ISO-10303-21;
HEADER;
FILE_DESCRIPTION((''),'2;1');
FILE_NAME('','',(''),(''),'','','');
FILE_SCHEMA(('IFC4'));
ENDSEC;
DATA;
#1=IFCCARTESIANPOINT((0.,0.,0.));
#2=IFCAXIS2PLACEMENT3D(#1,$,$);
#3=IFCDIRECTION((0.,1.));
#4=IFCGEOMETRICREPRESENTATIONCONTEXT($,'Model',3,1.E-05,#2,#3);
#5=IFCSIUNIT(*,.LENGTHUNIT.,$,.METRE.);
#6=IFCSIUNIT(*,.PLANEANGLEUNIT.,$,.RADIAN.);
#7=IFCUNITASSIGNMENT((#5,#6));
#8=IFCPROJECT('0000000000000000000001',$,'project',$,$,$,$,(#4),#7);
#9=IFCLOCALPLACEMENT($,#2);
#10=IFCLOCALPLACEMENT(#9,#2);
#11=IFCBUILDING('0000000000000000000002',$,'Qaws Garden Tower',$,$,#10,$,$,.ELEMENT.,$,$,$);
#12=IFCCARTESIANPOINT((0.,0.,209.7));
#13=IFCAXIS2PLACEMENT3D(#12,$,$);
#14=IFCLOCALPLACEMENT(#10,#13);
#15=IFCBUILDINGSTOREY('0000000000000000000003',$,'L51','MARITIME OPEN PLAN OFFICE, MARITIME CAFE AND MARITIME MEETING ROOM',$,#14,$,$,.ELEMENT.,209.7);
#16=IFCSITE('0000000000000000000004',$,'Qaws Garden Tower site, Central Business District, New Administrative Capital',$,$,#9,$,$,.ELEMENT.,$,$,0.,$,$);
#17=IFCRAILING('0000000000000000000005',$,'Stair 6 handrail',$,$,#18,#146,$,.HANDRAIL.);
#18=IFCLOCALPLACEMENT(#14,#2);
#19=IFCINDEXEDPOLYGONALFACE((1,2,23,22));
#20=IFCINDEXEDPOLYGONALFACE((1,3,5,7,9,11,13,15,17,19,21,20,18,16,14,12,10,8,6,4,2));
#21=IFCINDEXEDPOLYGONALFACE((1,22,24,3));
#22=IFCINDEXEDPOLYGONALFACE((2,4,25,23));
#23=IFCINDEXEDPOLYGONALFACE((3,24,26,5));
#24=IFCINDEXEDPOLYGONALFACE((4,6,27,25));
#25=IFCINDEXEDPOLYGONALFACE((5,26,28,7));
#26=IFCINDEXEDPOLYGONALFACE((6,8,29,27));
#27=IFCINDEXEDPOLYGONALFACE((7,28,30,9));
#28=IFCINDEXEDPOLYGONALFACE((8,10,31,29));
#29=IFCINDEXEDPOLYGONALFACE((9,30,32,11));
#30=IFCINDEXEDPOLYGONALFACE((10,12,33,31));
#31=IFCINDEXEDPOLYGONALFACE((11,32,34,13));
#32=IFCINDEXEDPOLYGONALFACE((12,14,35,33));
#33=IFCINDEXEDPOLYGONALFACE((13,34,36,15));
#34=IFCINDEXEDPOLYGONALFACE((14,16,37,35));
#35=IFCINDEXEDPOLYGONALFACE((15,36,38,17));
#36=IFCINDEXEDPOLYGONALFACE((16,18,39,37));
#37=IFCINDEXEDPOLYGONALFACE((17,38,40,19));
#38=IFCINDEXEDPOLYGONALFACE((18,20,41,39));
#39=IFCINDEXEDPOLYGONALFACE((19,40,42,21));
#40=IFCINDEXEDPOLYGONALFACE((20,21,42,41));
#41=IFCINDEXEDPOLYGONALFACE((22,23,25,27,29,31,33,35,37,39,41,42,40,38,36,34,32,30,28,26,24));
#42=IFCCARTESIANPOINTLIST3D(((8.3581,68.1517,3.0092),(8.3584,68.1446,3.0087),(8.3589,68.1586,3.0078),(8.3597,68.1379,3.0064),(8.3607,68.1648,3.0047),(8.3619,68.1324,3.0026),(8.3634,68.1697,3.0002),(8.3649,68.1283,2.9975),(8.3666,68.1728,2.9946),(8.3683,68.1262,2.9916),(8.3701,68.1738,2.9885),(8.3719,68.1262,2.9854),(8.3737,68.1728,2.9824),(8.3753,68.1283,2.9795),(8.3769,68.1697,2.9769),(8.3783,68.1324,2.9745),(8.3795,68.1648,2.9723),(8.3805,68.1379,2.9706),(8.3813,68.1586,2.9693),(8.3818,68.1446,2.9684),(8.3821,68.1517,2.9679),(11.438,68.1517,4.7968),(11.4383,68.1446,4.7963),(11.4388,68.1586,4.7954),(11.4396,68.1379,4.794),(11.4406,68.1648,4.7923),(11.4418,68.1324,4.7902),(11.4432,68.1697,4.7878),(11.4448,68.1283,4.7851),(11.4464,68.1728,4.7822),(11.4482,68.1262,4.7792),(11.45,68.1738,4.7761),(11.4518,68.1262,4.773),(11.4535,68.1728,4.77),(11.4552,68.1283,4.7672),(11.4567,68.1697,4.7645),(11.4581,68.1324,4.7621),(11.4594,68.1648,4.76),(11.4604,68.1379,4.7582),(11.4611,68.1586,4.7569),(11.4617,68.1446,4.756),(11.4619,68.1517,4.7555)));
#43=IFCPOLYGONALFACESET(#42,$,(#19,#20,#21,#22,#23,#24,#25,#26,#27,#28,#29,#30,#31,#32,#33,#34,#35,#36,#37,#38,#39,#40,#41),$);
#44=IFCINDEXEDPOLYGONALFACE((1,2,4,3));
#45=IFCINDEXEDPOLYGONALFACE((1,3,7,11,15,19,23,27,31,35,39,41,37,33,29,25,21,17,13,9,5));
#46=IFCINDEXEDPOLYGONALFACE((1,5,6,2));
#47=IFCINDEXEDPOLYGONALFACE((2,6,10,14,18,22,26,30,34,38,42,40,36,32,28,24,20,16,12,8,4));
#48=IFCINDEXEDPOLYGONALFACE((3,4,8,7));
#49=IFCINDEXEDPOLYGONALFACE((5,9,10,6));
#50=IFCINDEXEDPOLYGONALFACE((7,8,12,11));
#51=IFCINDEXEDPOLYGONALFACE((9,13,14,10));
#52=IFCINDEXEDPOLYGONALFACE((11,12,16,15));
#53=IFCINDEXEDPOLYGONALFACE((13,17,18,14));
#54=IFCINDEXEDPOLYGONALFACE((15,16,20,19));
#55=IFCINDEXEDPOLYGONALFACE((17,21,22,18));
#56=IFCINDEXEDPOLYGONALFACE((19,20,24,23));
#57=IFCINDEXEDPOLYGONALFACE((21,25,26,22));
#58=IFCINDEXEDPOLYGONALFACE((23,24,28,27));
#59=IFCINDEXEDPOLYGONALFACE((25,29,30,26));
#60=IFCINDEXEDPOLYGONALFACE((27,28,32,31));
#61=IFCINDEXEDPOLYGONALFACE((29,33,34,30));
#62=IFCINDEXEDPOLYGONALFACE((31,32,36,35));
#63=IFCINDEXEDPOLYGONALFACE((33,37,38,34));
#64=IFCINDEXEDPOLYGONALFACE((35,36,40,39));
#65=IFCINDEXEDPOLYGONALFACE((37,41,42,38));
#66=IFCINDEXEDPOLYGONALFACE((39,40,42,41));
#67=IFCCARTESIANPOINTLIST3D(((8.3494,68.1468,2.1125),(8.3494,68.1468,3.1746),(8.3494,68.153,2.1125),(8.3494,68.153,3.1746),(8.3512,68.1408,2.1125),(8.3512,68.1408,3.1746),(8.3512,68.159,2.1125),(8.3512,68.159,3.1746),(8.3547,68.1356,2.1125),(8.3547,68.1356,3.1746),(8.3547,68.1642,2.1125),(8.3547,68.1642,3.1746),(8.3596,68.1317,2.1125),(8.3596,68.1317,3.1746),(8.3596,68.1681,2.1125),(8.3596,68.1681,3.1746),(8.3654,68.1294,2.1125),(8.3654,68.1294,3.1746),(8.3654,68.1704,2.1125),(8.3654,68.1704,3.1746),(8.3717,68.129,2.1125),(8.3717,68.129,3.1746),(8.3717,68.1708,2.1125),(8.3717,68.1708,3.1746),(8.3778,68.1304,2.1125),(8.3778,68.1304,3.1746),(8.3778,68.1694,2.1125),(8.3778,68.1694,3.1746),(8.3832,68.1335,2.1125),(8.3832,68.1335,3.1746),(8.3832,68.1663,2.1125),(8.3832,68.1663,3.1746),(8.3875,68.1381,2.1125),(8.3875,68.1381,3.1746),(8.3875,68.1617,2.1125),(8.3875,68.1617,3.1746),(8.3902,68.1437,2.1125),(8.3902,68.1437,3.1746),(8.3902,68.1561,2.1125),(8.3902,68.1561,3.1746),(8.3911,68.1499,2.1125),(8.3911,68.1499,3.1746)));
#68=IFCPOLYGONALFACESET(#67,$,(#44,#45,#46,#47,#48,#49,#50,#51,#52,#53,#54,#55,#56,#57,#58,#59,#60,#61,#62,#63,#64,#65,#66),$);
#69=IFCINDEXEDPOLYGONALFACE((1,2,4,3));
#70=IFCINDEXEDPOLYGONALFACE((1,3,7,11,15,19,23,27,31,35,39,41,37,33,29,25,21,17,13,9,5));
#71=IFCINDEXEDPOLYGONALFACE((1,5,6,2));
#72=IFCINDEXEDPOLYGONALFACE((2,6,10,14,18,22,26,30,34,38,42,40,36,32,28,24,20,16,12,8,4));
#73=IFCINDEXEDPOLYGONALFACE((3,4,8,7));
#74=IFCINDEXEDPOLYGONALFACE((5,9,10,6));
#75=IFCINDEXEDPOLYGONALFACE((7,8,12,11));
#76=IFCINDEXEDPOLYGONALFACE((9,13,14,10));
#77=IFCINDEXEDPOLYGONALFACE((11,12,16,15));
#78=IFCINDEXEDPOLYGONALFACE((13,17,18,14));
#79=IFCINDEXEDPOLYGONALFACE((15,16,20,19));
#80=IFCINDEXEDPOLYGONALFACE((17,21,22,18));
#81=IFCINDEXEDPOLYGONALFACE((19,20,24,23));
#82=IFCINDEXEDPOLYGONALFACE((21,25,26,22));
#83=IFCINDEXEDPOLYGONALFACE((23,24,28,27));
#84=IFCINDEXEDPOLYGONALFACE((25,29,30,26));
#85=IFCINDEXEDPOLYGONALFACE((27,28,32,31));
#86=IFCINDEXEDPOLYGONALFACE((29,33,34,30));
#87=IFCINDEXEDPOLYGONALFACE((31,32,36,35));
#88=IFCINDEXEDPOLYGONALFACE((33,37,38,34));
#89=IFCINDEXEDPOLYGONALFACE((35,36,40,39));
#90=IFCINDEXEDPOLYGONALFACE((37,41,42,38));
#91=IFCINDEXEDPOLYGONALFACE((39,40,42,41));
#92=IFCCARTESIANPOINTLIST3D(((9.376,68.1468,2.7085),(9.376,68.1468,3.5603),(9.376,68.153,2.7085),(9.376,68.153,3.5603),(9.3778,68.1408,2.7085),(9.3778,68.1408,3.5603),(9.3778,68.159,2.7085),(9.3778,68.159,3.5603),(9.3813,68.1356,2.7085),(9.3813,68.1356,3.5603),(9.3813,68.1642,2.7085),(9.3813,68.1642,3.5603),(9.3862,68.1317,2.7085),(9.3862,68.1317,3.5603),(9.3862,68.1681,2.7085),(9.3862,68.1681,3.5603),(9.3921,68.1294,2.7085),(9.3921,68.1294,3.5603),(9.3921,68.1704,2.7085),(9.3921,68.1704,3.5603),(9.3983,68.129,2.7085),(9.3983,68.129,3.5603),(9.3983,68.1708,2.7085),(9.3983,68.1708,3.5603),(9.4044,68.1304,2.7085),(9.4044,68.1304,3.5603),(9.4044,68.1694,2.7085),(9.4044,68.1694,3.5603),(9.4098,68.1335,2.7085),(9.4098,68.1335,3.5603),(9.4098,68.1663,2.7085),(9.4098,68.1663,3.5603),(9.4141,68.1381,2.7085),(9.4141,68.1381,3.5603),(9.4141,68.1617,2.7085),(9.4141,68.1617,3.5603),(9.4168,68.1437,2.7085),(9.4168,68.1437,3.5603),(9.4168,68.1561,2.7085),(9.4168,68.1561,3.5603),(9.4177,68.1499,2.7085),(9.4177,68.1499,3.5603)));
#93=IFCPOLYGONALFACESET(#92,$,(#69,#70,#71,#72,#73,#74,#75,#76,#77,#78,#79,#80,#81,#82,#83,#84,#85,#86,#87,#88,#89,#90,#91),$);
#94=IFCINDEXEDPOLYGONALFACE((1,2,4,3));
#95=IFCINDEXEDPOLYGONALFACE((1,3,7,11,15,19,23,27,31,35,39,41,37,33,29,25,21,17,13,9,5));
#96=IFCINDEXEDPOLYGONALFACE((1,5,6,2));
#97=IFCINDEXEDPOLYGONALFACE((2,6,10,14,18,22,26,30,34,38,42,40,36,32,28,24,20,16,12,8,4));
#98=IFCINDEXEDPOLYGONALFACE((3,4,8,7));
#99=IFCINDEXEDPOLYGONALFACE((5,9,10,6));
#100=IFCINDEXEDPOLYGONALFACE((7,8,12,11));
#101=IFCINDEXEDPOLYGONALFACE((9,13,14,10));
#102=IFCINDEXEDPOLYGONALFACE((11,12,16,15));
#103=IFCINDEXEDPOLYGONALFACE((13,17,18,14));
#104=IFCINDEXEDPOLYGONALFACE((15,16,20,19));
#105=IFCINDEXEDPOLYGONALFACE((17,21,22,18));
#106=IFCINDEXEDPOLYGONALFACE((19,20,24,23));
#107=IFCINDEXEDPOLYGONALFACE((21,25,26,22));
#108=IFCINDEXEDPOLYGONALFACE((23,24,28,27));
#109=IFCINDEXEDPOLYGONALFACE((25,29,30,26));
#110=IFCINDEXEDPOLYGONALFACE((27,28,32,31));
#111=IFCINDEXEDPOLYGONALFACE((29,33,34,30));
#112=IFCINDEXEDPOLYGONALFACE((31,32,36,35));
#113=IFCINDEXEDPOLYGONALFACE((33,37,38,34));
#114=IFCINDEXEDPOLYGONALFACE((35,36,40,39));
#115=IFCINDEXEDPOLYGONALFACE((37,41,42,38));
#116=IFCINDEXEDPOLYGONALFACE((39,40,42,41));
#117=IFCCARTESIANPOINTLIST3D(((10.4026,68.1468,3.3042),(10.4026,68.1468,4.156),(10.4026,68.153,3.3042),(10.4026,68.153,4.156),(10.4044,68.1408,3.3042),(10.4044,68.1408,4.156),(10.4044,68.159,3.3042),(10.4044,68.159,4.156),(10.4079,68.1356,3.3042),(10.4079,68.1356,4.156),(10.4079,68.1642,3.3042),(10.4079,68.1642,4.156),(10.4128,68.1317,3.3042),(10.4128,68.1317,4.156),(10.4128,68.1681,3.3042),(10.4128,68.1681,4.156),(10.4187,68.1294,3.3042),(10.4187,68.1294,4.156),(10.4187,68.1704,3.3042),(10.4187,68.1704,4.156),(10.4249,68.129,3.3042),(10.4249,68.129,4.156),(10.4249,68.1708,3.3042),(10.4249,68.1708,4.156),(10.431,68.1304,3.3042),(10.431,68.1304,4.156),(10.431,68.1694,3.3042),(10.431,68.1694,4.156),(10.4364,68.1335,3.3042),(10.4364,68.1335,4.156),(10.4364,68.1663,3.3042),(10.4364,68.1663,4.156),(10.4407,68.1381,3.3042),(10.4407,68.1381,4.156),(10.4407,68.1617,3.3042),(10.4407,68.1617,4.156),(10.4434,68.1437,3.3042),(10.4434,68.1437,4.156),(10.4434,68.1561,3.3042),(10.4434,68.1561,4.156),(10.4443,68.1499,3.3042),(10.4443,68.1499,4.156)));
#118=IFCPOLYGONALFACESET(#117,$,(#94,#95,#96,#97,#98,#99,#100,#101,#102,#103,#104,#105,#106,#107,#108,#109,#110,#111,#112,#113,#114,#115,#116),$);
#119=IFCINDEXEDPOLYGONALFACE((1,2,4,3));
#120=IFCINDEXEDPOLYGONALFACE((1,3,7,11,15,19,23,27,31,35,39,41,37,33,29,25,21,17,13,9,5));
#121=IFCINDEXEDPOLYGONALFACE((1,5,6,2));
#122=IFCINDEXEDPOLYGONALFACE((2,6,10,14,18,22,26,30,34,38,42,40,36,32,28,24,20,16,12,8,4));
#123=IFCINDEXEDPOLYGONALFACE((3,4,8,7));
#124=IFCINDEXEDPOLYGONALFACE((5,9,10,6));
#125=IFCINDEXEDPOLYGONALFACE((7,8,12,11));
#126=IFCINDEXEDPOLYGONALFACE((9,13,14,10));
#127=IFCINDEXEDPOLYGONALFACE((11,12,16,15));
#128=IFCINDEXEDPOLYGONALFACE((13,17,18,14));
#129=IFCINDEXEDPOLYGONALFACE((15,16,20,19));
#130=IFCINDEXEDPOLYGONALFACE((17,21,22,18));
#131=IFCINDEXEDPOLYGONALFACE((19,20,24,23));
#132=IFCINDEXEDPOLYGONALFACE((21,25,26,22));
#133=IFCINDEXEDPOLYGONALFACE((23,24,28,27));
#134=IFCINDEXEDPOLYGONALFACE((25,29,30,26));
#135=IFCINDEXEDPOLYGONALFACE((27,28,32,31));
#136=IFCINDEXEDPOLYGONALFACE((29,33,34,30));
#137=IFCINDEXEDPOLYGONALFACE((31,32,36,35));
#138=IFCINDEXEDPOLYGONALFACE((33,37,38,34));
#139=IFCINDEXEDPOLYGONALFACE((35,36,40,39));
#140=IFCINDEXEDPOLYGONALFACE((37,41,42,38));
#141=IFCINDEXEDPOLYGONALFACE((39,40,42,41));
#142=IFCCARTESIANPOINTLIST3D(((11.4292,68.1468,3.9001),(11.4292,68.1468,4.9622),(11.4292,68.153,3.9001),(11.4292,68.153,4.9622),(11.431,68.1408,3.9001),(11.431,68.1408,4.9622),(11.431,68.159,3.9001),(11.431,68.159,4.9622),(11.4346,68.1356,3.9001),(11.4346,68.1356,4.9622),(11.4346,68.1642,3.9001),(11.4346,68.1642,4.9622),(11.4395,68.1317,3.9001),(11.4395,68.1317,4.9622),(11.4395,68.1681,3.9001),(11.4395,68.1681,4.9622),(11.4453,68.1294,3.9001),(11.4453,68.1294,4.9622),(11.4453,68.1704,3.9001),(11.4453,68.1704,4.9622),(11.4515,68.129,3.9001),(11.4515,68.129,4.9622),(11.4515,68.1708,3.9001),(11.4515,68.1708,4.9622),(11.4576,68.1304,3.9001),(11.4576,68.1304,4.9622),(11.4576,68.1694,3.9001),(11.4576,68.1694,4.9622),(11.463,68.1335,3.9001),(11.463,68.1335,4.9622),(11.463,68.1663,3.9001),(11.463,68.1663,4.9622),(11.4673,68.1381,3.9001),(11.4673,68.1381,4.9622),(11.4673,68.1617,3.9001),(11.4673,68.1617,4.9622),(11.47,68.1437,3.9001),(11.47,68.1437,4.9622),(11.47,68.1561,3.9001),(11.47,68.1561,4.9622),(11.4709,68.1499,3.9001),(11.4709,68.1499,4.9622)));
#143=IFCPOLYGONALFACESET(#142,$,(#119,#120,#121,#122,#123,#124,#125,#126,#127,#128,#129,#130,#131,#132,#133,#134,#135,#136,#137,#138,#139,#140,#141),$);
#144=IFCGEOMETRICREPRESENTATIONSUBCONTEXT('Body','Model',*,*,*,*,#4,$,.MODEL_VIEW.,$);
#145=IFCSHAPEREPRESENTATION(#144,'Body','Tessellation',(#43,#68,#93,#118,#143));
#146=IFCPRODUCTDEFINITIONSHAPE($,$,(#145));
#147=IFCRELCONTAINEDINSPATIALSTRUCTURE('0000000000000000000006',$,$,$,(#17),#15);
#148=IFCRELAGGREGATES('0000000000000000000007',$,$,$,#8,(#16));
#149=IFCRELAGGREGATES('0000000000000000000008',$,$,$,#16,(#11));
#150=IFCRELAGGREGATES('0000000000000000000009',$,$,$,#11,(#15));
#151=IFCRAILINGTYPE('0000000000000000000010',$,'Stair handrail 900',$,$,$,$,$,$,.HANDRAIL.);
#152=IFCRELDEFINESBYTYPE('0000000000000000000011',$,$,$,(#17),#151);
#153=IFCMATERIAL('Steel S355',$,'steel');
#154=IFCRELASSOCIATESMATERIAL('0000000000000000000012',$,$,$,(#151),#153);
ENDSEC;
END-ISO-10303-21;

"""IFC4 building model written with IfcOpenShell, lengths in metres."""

from ifc_helpers import new_model, si_unit, direction, frame, origin, origin_2d, place, context, subcontext, project, spatial, circle, extrude, material, type_object, element, save


model = new_model("IFC4")

# Units and contexts
model_context = context("Model", 3, precision=1e-05, world=origin(), true_north=direction((0.0, 1.0)))
body_context = subcontext(model_context, "Body", "Model", "MODEL_VIEW")
ifc_project = project(units=[si_unit("LENGTHUNIT", "METRE"), si_unit("PLANEANGLEUNIT", "RADIAN")], contexts=[model_context])

# Site, building, storey
site_placement = place(None, origin())
site = spatial("IfcSite", under=ifc_project, at=site_placement, Name="Qaws Garden Tower site, Central Business District, New Administrative Capital", CompositionType="ELEMENT", RefElevation=0.0)
building_placement = place(site_placement, origin())
building = spatial("IfcBuilding", under=site, at=building_placement, Name="Qaws Garden Tower", CompositionType="ELEMENT")
storey_placement = place(building_placement, frame((0.0, 0.0, 209.7)))
storey = spatial("IfcBuildingStorey", under=building, at=storey_placement, Name="L51", Description="MARITIME OPEN PLAN OFFICE, MARITIME CAFE AND MARITIME MEETING ROOM", CompositionType="ELEMENT", Elevation=209.7)

# Railing
ifc_material_1 = material(Name="Steel S355", Category="steel")
railing_type = type_object("IfcRailingType", Name="Stair handrail 900", PredefinedType="HANDRAIL", material=ifc_material_1)
railing_1_placement = place(storey_placement, frame((8.3701, 68.1499, 2.1125)))
element("IfcRailing", 1, at=railing_1_placement, inside=storey, type_object=railing_type, Name="Stair 6 handrail", PredefinedType="HANDRAIL", context=body_context, shape_type="SweptSolid", body=[
    extrude(circle(Radius=0.0239, at=origin_2d()), frame((0.0, 0.0, 0.876), z_axis=(0.864873, 0.0, 0.50199), x_axis=(0.0, 1.0, 0.0)), (0.0, 0.0, 1.0), 3.561),
    extrude(circle(Radius=0.021, at=origin_2d()), origin(), (0.0, 0.0, 1.0), 1.062),
    extrude(circle(Radius=0.021, at=origin_2d()), frame((1.0266, 0.0, 0.5959)), (0.0, 0.0, 1.0), 0.8518),
    extrude(circle(Radius=0.021, at=origin_2d()), frame((2.0532, 0.0, 1.1917)), (0.0, 0.0, 1.0), 0.8518),
    extrude(circle(Radius=0.021, at=origin_2d()), frame((3.0798, 0.0, 1.7876)), (0.0, 0.0, 1.0), 1.062),
])

save(model, "model.ifc")
